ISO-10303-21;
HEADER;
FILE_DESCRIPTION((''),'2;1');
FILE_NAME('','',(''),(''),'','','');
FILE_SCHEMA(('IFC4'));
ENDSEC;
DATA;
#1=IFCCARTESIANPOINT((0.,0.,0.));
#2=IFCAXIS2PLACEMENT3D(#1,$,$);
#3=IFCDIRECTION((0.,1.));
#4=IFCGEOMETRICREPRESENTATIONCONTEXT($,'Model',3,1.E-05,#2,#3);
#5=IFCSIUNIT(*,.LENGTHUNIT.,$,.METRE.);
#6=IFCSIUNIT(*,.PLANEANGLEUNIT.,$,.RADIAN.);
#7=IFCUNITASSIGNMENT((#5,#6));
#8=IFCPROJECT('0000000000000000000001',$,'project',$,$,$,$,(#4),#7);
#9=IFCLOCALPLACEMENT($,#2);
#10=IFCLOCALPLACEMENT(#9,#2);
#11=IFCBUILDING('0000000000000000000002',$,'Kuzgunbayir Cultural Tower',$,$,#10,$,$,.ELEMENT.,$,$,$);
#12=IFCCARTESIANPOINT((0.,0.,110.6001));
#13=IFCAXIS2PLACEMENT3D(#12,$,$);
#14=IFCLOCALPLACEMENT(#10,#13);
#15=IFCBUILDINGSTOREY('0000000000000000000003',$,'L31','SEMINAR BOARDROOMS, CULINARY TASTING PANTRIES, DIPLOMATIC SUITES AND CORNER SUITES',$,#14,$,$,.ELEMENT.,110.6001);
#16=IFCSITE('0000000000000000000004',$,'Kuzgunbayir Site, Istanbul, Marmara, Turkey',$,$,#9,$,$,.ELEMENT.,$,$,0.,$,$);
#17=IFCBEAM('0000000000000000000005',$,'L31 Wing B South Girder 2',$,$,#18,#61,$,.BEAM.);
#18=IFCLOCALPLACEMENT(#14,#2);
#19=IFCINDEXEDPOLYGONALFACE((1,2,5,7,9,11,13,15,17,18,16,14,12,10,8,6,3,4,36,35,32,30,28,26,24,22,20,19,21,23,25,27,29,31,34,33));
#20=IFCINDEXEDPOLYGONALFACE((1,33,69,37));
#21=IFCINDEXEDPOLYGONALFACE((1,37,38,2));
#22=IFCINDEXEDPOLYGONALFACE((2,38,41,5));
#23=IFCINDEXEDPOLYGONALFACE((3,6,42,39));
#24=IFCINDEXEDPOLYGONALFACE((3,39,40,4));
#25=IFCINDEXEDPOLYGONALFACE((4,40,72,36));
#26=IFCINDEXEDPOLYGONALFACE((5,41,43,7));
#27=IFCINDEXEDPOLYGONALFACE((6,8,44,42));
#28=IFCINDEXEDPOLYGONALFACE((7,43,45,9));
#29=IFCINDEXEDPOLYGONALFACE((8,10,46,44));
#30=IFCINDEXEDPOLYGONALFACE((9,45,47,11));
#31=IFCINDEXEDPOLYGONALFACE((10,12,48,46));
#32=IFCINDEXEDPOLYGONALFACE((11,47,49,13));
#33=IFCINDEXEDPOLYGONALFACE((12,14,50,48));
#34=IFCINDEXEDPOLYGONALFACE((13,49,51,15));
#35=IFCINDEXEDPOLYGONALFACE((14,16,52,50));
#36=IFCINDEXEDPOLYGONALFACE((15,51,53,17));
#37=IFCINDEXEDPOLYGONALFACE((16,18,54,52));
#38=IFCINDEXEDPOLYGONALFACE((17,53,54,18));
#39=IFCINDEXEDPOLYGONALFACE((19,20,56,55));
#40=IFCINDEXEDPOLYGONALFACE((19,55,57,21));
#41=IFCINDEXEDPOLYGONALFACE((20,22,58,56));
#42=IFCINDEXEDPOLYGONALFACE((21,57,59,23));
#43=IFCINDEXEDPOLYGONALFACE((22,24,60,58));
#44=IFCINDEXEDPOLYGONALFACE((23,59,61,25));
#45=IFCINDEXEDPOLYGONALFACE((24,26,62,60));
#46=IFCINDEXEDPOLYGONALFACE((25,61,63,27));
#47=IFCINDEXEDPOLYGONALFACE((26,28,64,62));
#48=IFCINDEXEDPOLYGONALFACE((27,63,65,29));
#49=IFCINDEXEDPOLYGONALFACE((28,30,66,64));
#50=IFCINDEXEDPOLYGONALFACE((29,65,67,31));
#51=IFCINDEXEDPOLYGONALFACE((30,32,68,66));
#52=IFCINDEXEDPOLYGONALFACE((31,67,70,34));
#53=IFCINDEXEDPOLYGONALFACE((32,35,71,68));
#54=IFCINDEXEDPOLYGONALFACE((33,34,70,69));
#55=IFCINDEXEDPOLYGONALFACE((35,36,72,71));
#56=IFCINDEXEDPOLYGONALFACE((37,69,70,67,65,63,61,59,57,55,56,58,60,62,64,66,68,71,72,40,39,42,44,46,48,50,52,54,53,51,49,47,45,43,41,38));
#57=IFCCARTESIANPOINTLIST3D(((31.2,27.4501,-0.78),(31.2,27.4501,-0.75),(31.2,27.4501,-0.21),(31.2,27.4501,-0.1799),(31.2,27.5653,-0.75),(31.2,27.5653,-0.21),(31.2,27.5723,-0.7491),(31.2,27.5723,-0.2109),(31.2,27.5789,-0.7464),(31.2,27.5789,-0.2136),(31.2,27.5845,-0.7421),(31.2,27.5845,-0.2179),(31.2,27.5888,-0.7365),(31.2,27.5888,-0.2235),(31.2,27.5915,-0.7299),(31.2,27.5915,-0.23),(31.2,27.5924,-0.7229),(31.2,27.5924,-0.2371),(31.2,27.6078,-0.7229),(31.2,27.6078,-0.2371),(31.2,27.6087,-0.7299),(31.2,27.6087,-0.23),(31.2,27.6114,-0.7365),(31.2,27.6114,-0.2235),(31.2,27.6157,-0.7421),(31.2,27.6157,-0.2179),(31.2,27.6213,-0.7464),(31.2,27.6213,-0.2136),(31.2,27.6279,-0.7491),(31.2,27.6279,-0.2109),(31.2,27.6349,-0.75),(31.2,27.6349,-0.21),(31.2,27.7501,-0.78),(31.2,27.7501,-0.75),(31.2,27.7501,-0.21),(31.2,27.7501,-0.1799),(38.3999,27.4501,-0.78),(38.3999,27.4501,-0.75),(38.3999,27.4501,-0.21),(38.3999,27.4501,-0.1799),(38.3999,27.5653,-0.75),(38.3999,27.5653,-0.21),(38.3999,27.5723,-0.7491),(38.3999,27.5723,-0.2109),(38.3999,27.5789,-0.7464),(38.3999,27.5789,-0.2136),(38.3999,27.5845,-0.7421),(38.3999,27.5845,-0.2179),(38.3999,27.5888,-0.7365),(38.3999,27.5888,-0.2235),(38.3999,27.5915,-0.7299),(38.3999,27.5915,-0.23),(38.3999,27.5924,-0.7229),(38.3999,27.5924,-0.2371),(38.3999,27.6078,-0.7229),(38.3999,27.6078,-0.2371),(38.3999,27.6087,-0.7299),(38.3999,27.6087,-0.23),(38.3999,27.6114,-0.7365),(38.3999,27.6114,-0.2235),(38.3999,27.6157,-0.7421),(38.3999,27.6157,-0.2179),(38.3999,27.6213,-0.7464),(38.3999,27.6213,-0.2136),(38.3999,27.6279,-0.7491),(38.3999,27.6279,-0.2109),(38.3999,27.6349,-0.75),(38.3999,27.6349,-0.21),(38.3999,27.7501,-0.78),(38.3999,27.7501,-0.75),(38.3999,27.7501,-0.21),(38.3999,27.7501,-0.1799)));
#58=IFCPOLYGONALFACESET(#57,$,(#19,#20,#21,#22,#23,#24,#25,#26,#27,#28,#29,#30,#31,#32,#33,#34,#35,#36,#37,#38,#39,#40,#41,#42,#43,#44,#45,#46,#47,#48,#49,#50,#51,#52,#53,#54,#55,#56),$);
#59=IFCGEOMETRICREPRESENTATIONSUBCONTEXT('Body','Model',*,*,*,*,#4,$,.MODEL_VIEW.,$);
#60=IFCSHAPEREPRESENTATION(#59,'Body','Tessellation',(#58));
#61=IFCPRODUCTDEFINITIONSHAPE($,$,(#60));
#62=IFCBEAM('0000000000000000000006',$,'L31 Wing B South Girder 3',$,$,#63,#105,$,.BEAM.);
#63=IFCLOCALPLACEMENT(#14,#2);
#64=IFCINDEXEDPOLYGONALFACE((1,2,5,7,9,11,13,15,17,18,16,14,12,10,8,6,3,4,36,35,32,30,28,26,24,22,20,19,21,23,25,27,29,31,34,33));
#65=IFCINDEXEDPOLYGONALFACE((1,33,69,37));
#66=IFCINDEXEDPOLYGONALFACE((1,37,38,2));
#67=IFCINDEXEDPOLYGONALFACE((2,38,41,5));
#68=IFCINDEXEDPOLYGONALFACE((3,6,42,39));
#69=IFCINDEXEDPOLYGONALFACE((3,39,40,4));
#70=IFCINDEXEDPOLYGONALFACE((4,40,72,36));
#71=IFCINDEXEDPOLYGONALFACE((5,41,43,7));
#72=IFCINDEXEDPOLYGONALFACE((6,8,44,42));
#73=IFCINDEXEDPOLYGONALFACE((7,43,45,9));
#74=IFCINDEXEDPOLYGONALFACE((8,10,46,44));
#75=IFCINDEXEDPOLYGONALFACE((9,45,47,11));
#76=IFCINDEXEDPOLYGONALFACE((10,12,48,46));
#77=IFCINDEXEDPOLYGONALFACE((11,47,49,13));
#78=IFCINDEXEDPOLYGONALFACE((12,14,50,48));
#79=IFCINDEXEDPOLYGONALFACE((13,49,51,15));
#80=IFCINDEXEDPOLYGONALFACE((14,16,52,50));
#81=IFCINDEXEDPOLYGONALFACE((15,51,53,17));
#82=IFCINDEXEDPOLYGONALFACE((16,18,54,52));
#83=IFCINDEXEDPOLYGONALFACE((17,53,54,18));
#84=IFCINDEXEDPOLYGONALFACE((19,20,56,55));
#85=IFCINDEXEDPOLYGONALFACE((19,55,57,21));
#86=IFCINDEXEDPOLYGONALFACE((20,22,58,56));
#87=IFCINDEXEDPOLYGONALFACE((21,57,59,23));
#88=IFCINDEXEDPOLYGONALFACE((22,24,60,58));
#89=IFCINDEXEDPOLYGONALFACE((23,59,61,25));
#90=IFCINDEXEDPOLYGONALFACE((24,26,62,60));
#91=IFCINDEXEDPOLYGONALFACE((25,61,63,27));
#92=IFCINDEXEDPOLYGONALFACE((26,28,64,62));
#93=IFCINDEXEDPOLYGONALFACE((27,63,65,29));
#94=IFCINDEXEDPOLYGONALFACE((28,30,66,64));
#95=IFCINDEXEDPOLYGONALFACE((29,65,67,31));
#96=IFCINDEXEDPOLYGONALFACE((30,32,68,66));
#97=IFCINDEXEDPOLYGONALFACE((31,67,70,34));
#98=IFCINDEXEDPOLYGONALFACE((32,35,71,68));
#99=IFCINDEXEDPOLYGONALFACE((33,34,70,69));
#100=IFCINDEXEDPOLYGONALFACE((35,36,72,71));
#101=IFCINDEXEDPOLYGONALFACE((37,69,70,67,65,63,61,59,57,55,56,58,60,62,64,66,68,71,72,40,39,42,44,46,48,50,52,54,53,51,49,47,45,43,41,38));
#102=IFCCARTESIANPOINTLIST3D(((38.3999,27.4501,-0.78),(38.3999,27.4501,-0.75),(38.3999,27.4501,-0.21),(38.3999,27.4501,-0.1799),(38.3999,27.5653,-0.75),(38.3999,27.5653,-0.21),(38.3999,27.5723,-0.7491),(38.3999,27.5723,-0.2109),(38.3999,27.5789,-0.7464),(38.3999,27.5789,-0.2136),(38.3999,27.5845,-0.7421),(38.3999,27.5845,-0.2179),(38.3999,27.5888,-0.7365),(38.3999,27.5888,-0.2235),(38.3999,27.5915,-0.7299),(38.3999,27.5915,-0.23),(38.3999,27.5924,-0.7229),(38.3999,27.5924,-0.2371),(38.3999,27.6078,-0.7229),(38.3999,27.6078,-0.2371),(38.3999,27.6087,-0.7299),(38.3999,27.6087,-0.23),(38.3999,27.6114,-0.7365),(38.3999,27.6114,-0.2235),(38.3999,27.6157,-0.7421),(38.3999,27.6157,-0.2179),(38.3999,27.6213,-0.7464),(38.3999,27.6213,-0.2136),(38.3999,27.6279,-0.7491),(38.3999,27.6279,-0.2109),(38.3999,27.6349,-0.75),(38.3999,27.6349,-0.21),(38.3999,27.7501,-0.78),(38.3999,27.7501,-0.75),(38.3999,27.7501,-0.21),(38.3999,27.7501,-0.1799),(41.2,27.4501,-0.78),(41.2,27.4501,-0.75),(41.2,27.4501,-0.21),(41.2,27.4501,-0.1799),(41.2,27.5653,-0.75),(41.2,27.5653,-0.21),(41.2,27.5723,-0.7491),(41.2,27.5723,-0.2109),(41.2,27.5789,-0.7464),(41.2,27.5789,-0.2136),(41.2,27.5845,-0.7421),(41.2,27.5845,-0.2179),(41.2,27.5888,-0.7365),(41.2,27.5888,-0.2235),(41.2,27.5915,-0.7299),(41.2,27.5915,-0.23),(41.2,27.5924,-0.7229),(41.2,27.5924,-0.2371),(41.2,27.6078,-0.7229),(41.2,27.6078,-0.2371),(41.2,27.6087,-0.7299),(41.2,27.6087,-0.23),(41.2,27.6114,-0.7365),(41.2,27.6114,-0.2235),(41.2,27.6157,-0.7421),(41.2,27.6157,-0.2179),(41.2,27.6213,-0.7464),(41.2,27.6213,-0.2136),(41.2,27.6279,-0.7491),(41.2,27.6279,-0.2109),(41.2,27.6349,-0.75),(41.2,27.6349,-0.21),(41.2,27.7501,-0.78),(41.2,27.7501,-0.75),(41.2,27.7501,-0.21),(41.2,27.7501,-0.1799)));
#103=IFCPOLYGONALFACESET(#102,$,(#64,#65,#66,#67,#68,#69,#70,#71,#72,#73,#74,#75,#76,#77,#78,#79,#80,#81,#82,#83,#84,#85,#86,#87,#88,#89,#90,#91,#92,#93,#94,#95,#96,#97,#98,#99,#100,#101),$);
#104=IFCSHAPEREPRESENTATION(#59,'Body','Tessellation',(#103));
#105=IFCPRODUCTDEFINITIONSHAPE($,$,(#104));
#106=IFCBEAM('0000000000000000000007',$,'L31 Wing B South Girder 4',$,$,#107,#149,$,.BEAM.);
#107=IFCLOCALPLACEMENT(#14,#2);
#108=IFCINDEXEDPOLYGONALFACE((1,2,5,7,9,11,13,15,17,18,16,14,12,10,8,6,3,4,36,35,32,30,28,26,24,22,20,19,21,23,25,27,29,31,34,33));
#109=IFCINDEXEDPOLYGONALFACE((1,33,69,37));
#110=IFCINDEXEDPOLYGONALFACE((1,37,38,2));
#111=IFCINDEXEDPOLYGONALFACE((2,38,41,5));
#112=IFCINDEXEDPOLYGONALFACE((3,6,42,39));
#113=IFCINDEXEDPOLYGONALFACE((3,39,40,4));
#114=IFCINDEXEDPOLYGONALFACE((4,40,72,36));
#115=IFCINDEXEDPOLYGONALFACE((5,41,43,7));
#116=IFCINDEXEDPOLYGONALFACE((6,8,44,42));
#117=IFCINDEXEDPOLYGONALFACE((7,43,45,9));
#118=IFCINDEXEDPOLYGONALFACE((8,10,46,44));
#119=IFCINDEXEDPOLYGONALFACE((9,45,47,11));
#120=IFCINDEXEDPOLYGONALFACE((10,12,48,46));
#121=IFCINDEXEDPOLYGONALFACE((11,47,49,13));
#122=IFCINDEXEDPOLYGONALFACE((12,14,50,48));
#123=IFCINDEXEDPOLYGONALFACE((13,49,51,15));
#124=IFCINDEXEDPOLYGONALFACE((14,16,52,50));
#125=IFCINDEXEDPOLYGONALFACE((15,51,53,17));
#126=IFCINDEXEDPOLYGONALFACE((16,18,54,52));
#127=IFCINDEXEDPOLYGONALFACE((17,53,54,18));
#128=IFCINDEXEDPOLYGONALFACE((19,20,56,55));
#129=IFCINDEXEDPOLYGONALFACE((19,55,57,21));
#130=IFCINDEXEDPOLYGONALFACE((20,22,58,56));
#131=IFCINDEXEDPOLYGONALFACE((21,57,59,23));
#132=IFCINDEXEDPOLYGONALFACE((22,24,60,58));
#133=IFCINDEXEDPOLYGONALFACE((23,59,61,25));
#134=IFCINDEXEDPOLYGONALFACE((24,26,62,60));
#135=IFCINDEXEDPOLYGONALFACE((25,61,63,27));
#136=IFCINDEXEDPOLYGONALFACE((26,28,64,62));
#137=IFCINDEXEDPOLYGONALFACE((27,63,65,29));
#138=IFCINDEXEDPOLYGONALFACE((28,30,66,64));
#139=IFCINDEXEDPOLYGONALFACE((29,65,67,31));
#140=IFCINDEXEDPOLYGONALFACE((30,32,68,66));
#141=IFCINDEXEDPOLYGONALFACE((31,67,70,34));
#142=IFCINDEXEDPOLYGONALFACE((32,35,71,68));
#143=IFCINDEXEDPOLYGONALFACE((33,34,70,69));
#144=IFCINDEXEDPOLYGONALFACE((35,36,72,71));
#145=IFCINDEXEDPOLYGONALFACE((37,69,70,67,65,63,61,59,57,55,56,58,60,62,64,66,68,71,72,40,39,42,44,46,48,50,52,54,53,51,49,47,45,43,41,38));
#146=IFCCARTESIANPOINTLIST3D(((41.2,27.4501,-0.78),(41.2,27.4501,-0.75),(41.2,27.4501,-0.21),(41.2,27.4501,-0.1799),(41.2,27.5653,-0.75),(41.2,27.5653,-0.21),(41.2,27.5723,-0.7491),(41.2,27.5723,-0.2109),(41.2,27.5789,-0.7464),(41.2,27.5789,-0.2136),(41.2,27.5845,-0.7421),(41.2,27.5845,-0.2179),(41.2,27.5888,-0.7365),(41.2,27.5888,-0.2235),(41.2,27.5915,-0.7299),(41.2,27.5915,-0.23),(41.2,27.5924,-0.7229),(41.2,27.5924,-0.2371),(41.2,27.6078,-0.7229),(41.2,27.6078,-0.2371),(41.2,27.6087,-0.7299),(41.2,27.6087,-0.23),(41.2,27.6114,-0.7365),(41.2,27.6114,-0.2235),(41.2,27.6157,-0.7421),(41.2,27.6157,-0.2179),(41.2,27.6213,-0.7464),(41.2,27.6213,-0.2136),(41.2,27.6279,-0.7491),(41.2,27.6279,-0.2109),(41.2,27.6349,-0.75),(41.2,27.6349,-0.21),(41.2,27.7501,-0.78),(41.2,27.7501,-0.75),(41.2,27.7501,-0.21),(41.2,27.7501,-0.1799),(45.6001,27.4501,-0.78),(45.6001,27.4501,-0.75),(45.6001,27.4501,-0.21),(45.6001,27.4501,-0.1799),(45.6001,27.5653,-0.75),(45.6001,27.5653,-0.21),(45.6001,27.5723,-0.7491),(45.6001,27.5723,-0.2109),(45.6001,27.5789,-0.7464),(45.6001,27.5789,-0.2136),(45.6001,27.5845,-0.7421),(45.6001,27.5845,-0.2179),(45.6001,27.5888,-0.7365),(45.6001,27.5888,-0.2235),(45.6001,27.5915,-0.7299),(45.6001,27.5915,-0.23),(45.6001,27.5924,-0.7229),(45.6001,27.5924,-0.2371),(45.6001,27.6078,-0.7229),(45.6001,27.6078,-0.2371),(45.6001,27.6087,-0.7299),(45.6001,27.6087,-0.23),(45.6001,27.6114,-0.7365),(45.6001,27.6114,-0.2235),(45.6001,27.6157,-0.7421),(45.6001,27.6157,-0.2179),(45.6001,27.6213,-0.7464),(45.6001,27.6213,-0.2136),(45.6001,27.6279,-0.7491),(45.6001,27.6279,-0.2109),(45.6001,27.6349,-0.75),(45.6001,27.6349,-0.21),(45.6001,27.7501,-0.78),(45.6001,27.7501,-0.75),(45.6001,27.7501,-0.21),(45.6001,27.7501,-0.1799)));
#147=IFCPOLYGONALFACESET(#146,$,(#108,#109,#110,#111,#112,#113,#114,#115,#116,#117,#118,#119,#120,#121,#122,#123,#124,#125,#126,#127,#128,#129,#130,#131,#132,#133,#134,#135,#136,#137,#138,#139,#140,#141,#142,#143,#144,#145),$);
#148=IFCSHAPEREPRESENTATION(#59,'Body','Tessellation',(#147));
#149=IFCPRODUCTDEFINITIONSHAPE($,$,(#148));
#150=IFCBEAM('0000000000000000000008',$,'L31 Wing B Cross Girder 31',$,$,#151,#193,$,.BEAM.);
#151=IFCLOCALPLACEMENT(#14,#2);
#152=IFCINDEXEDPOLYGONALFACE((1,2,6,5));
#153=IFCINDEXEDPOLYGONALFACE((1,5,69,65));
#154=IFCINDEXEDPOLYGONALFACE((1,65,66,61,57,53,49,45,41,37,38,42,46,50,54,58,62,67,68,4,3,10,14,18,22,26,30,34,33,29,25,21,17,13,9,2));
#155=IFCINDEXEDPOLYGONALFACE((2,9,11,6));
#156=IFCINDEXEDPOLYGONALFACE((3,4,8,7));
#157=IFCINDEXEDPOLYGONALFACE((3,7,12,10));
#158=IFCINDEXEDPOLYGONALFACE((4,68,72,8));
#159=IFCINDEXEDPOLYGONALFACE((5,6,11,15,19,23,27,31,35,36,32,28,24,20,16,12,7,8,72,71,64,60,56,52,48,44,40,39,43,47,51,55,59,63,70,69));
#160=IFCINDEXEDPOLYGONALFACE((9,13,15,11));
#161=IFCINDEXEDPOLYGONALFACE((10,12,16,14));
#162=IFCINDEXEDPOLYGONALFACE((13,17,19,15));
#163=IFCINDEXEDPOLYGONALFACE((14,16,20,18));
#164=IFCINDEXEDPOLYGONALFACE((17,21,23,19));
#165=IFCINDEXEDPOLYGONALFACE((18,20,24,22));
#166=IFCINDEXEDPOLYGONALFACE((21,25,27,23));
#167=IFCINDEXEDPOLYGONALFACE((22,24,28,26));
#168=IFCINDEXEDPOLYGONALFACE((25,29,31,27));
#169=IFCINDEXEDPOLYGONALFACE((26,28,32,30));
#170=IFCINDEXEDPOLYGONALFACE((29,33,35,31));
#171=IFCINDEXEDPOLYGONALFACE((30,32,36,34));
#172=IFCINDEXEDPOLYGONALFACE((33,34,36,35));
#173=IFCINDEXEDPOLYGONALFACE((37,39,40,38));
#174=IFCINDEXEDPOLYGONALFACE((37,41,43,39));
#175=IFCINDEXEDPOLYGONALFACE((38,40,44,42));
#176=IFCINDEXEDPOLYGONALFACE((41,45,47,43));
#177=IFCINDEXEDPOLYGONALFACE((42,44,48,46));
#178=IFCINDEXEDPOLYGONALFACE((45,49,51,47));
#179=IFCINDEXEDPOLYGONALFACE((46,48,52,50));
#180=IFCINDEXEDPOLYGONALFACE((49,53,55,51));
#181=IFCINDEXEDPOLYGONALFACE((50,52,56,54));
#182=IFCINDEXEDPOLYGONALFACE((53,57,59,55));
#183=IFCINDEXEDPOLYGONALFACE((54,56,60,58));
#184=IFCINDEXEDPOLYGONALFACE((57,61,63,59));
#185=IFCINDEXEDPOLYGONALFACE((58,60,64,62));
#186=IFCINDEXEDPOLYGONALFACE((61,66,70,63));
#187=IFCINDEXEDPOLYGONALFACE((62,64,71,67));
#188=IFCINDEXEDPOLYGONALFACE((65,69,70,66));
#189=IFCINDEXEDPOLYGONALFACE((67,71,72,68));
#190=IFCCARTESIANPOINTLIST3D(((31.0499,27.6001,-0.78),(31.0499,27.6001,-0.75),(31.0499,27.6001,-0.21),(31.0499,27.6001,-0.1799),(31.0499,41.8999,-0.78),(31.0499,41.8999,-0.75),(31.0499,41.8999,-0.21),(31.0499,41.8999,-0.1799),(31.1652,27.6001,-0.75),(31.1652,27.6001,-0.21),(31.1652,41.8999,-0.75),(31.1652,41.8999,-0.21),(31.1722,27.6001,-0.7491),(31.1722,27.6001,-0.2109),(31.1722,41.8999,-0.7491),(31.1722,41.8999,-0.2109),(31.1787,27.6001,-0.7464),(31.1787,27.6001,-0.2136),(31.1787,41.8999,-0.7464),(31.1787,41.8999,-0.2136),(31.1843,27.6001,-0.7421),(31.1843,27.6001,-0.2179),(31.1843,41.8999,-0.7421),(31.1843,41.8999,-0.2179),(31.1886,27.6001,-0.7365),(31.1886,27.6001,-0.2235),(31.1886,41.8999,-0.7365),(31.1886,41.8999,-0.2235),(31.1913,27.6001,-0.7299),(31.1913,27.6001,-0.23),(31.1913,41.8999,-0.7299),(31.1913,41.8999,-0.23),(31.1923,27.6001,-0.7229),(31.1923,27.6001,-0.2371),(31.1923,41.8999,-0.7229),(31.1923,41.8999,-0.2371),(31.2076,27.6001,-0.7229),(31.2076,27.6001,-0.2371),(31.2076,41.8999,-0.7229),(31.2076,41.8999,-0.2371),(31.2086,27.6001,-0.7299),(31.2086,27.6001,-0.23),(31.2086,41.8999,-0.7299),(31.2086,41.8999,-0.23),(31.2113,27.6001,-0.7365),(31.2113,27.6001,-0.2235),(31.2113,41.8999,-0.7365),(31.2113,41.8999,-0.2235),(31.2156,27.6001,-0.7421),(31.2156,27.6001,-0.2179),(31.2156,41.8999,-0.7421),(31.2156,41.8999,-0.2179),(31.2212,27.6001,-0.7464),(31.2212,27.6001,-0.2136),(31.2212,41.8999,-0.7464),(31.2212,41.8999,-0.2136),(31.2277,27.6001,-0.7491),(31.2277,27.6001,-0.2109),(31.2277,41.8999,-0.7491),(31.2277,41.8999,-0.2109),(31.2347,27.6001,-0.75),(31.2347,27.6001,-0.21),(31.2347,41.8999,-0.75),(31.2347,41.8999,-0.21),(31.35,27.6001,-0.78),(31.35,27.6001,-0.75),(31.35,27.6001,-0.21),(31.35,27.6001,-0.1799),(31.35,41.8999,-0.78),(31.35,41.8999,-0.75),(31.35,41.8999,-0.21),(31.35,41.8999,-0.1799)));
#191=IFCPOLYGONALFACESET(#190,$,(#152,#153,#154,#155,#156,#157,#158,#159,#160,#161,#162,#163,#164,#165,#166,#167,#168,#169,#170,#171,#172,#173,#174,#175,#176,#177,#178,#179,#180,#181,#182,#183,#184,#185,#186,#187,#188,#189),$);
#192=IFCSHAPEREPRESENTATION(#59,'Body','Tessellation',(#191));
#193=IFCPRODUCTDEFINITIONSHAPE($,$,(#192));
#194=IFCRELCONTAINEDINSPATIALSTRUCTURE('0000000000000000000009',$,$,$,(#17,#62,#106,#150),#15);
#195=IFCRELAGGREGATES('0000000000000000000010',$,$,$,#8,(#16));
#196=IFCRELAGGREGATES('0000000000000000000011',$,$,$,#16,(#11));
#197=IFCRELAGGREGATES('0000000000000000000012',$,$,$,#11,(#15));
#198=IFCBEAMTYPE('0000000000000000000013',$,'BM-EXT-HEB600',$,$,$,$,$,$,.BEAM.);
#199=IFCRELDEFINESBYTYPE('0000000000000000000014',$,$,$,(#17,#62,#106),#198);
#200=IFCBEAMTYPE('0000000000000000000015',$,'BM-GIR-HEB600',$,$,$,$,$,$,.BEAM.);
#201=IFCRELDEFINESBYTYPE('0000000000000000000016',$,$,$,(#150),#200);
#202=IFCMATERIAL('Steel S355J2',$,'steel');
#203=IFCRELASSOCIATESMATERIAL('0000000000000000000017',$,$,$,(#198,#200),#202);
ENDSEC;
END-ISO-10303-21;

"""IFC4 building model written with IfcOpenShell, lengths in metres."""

from ifc_helpers import new_model, si_unit, direction, frame, origin, origin_2d, place, context, subcontext, project, spatial, i_section, extrude, material, material_profile, profile_set, type_object, element, save


model = new_model("IFC4")

# Units and contexts
model_context = context("Model", 3, precision=1e-05, world=origin(), true_north=direction((0.0, 1.0)))
body_context = subcontext(model_context, "Body", "Model", "MODEL_VIEW")
ifc_project = project(units=[si_unit("LENGTHUNIT", "METRE"), si_unit("PLANEANGLEUNIT", "RADIAN")], contexts=[model_context])

# Site, building, storey
site_placement = place(None, origin())
site = spatial("IfcSite", under=ifc_project, at=site_placement, Name="Kuzgunbayir Site, Istanbul, Marmara, Turkey", CompositionType="ELEMENT", RefElevation=0.0)
building_placement = place(site_placement, origin())
building = spatial("IfcBuilding", under=site, at=building_placement, Name="Kuzgunbayir Cultural Tower", CompositionType="ELEMENT")
storey_placement = place(building_placement, frame((0.0, 0.0, 110.6001)))
storey = spatial("IfcBuildingStorey", under=building, at=storey_placement, Name="L31", Description="SEMINAR BOARDROOMS, CULINARY TASTING PANTRIES, DIPLOMATIC SUITES AND CORNER SUITES", CompositionType="ELEMENT", Elevation=110.6001)

# Beams
ifc_material_1 = material(Name="Steel S355J2", Category="steel")
ifc_material_profile_1 = material_profile(ifc_material_1, i_section(OverallWidth=0.3, OverallDepth=0.6001, WebThickness=0.0154, FlangeThickness=0.03, FilletRadius=0.0271, at=origin_2d()), Name="HEB 600")
ifc_profile_set_1 = profile_set([ifc_material_profile_1], Name="Steel S355J2")
beam_type_1 = type_object("IfcBeamType", Name="BM-EXT-HEB600", PredefinedType="BEAM", material=ifc_profile_set_1)
beam_1_placement = place(storey_placement, frame((31.2, 27.6001, -0.48), z_axis=(1.0, 0.0, 0.0), x_axis=(0.0, 1.0, 0.0)))
element("IfcBeam", 1, at=beam_1_placement, inside=storey, type_object=beam_type_1, Name="L31 Wing B South Girder 2", PredefinedType="BEAM", context=body_context, shape_type="SweptSolid", body=[
    extrude(i_section(OverallWidth=0.3, OverallDepth=0.6001, WebThickness=0.0154, FlangeThickness=0.03, FilletRadius=0.0271, at=origin_2d()), origin(), (0.0, 0.0, 1.0), 7.2),
])
beam_2_placement = place(storey_placement, frame((38.3999, 27.6001, -0.48), z_axis=(1.0, 0.0, 0.0), x_axis=(0.0, 1.0, 0.0)))
element("IfcBeam", 2, at=beam_2_placement, inside=storey, type_object=beam_type_1, Name="L31 Wing B South Girder 3", PredefinedType="BEAM", context=body_context, shape_type="SweptSolid", body=[
    extrude(i_section(OverallWidth=0.3, OverallDepth=0.6001, WebThickness=0.0154, FlangeThickness=0.03, FilletRadius=0.0271, at=origin_2d()), origin(), (0.0, 0.0, 1.0), 2.8),
])
beam_3_placement = place(storey_placement, frame((41.2, 27.6001, -0.48), z_axis=(1.0, 0.0, 0.0), x_axis=(0.0, 1.0, 0.0)))
element("IfcBeam", 3, at=beam_3_placement, inside=storey, type_object=beam_type_1, Name="L31 Wing B South Girder 4", PredefinedType="BEAM", context=body_context, shape_type="SweptSolid", body=[
    extrude(i_section(OverallWidth=0.3, OverallDepth=0.6001, WebThickness=0.0154, FlangeThickness=0.03, FilletRadius=0.0271, at=origin_2d()), origin(), (0.0, 0.0, 1.0), 4.4001),
])
ifc_material_profile_2 = material_profile(ifc_material_1, i_section(OverallWidth=0.3, OverallDepth=0.6001, WebThickness=0.0154, FlangeThickness=0.03, FilletRadius=0.0271, at=origin_2d()), Name="HEB 600")
ifc_profile_set_2 = profile_set([ifc_material_profile_2], Name="Steel S355J2")
beam_type_2 = type_object("IfcBeamType", Name="BM-GIR-HEB600", PredefinedType="BEAM", material=ifc_profile_set_2)
beam_4_placement = place(storey_placement, frame((31.2, 27.6001, -0.48), z_axis=(0.0, 1.0, 0.0), x_axis=(-1.0, 0.0, 0.0)))
element("IfcBeam", 4, at=beam_4_placement, inside=storey, type_object=beam_type_2, Name="L31 Wing B Cross Girder 31", PredefinedType="BEAM", context=body_context, shape_type="SweptSolid", body=[
    extrude(i_section(OverallWidth=0.3, OverallDepth=0.6001, WebThickness=0.0154, FlangeThickness=0.03, FilletRadius=0.0271, at=origin_2d()), origin(), (0.0, 0.0, 1.0), 14.2998),
])

save(model, "model.ifc")
